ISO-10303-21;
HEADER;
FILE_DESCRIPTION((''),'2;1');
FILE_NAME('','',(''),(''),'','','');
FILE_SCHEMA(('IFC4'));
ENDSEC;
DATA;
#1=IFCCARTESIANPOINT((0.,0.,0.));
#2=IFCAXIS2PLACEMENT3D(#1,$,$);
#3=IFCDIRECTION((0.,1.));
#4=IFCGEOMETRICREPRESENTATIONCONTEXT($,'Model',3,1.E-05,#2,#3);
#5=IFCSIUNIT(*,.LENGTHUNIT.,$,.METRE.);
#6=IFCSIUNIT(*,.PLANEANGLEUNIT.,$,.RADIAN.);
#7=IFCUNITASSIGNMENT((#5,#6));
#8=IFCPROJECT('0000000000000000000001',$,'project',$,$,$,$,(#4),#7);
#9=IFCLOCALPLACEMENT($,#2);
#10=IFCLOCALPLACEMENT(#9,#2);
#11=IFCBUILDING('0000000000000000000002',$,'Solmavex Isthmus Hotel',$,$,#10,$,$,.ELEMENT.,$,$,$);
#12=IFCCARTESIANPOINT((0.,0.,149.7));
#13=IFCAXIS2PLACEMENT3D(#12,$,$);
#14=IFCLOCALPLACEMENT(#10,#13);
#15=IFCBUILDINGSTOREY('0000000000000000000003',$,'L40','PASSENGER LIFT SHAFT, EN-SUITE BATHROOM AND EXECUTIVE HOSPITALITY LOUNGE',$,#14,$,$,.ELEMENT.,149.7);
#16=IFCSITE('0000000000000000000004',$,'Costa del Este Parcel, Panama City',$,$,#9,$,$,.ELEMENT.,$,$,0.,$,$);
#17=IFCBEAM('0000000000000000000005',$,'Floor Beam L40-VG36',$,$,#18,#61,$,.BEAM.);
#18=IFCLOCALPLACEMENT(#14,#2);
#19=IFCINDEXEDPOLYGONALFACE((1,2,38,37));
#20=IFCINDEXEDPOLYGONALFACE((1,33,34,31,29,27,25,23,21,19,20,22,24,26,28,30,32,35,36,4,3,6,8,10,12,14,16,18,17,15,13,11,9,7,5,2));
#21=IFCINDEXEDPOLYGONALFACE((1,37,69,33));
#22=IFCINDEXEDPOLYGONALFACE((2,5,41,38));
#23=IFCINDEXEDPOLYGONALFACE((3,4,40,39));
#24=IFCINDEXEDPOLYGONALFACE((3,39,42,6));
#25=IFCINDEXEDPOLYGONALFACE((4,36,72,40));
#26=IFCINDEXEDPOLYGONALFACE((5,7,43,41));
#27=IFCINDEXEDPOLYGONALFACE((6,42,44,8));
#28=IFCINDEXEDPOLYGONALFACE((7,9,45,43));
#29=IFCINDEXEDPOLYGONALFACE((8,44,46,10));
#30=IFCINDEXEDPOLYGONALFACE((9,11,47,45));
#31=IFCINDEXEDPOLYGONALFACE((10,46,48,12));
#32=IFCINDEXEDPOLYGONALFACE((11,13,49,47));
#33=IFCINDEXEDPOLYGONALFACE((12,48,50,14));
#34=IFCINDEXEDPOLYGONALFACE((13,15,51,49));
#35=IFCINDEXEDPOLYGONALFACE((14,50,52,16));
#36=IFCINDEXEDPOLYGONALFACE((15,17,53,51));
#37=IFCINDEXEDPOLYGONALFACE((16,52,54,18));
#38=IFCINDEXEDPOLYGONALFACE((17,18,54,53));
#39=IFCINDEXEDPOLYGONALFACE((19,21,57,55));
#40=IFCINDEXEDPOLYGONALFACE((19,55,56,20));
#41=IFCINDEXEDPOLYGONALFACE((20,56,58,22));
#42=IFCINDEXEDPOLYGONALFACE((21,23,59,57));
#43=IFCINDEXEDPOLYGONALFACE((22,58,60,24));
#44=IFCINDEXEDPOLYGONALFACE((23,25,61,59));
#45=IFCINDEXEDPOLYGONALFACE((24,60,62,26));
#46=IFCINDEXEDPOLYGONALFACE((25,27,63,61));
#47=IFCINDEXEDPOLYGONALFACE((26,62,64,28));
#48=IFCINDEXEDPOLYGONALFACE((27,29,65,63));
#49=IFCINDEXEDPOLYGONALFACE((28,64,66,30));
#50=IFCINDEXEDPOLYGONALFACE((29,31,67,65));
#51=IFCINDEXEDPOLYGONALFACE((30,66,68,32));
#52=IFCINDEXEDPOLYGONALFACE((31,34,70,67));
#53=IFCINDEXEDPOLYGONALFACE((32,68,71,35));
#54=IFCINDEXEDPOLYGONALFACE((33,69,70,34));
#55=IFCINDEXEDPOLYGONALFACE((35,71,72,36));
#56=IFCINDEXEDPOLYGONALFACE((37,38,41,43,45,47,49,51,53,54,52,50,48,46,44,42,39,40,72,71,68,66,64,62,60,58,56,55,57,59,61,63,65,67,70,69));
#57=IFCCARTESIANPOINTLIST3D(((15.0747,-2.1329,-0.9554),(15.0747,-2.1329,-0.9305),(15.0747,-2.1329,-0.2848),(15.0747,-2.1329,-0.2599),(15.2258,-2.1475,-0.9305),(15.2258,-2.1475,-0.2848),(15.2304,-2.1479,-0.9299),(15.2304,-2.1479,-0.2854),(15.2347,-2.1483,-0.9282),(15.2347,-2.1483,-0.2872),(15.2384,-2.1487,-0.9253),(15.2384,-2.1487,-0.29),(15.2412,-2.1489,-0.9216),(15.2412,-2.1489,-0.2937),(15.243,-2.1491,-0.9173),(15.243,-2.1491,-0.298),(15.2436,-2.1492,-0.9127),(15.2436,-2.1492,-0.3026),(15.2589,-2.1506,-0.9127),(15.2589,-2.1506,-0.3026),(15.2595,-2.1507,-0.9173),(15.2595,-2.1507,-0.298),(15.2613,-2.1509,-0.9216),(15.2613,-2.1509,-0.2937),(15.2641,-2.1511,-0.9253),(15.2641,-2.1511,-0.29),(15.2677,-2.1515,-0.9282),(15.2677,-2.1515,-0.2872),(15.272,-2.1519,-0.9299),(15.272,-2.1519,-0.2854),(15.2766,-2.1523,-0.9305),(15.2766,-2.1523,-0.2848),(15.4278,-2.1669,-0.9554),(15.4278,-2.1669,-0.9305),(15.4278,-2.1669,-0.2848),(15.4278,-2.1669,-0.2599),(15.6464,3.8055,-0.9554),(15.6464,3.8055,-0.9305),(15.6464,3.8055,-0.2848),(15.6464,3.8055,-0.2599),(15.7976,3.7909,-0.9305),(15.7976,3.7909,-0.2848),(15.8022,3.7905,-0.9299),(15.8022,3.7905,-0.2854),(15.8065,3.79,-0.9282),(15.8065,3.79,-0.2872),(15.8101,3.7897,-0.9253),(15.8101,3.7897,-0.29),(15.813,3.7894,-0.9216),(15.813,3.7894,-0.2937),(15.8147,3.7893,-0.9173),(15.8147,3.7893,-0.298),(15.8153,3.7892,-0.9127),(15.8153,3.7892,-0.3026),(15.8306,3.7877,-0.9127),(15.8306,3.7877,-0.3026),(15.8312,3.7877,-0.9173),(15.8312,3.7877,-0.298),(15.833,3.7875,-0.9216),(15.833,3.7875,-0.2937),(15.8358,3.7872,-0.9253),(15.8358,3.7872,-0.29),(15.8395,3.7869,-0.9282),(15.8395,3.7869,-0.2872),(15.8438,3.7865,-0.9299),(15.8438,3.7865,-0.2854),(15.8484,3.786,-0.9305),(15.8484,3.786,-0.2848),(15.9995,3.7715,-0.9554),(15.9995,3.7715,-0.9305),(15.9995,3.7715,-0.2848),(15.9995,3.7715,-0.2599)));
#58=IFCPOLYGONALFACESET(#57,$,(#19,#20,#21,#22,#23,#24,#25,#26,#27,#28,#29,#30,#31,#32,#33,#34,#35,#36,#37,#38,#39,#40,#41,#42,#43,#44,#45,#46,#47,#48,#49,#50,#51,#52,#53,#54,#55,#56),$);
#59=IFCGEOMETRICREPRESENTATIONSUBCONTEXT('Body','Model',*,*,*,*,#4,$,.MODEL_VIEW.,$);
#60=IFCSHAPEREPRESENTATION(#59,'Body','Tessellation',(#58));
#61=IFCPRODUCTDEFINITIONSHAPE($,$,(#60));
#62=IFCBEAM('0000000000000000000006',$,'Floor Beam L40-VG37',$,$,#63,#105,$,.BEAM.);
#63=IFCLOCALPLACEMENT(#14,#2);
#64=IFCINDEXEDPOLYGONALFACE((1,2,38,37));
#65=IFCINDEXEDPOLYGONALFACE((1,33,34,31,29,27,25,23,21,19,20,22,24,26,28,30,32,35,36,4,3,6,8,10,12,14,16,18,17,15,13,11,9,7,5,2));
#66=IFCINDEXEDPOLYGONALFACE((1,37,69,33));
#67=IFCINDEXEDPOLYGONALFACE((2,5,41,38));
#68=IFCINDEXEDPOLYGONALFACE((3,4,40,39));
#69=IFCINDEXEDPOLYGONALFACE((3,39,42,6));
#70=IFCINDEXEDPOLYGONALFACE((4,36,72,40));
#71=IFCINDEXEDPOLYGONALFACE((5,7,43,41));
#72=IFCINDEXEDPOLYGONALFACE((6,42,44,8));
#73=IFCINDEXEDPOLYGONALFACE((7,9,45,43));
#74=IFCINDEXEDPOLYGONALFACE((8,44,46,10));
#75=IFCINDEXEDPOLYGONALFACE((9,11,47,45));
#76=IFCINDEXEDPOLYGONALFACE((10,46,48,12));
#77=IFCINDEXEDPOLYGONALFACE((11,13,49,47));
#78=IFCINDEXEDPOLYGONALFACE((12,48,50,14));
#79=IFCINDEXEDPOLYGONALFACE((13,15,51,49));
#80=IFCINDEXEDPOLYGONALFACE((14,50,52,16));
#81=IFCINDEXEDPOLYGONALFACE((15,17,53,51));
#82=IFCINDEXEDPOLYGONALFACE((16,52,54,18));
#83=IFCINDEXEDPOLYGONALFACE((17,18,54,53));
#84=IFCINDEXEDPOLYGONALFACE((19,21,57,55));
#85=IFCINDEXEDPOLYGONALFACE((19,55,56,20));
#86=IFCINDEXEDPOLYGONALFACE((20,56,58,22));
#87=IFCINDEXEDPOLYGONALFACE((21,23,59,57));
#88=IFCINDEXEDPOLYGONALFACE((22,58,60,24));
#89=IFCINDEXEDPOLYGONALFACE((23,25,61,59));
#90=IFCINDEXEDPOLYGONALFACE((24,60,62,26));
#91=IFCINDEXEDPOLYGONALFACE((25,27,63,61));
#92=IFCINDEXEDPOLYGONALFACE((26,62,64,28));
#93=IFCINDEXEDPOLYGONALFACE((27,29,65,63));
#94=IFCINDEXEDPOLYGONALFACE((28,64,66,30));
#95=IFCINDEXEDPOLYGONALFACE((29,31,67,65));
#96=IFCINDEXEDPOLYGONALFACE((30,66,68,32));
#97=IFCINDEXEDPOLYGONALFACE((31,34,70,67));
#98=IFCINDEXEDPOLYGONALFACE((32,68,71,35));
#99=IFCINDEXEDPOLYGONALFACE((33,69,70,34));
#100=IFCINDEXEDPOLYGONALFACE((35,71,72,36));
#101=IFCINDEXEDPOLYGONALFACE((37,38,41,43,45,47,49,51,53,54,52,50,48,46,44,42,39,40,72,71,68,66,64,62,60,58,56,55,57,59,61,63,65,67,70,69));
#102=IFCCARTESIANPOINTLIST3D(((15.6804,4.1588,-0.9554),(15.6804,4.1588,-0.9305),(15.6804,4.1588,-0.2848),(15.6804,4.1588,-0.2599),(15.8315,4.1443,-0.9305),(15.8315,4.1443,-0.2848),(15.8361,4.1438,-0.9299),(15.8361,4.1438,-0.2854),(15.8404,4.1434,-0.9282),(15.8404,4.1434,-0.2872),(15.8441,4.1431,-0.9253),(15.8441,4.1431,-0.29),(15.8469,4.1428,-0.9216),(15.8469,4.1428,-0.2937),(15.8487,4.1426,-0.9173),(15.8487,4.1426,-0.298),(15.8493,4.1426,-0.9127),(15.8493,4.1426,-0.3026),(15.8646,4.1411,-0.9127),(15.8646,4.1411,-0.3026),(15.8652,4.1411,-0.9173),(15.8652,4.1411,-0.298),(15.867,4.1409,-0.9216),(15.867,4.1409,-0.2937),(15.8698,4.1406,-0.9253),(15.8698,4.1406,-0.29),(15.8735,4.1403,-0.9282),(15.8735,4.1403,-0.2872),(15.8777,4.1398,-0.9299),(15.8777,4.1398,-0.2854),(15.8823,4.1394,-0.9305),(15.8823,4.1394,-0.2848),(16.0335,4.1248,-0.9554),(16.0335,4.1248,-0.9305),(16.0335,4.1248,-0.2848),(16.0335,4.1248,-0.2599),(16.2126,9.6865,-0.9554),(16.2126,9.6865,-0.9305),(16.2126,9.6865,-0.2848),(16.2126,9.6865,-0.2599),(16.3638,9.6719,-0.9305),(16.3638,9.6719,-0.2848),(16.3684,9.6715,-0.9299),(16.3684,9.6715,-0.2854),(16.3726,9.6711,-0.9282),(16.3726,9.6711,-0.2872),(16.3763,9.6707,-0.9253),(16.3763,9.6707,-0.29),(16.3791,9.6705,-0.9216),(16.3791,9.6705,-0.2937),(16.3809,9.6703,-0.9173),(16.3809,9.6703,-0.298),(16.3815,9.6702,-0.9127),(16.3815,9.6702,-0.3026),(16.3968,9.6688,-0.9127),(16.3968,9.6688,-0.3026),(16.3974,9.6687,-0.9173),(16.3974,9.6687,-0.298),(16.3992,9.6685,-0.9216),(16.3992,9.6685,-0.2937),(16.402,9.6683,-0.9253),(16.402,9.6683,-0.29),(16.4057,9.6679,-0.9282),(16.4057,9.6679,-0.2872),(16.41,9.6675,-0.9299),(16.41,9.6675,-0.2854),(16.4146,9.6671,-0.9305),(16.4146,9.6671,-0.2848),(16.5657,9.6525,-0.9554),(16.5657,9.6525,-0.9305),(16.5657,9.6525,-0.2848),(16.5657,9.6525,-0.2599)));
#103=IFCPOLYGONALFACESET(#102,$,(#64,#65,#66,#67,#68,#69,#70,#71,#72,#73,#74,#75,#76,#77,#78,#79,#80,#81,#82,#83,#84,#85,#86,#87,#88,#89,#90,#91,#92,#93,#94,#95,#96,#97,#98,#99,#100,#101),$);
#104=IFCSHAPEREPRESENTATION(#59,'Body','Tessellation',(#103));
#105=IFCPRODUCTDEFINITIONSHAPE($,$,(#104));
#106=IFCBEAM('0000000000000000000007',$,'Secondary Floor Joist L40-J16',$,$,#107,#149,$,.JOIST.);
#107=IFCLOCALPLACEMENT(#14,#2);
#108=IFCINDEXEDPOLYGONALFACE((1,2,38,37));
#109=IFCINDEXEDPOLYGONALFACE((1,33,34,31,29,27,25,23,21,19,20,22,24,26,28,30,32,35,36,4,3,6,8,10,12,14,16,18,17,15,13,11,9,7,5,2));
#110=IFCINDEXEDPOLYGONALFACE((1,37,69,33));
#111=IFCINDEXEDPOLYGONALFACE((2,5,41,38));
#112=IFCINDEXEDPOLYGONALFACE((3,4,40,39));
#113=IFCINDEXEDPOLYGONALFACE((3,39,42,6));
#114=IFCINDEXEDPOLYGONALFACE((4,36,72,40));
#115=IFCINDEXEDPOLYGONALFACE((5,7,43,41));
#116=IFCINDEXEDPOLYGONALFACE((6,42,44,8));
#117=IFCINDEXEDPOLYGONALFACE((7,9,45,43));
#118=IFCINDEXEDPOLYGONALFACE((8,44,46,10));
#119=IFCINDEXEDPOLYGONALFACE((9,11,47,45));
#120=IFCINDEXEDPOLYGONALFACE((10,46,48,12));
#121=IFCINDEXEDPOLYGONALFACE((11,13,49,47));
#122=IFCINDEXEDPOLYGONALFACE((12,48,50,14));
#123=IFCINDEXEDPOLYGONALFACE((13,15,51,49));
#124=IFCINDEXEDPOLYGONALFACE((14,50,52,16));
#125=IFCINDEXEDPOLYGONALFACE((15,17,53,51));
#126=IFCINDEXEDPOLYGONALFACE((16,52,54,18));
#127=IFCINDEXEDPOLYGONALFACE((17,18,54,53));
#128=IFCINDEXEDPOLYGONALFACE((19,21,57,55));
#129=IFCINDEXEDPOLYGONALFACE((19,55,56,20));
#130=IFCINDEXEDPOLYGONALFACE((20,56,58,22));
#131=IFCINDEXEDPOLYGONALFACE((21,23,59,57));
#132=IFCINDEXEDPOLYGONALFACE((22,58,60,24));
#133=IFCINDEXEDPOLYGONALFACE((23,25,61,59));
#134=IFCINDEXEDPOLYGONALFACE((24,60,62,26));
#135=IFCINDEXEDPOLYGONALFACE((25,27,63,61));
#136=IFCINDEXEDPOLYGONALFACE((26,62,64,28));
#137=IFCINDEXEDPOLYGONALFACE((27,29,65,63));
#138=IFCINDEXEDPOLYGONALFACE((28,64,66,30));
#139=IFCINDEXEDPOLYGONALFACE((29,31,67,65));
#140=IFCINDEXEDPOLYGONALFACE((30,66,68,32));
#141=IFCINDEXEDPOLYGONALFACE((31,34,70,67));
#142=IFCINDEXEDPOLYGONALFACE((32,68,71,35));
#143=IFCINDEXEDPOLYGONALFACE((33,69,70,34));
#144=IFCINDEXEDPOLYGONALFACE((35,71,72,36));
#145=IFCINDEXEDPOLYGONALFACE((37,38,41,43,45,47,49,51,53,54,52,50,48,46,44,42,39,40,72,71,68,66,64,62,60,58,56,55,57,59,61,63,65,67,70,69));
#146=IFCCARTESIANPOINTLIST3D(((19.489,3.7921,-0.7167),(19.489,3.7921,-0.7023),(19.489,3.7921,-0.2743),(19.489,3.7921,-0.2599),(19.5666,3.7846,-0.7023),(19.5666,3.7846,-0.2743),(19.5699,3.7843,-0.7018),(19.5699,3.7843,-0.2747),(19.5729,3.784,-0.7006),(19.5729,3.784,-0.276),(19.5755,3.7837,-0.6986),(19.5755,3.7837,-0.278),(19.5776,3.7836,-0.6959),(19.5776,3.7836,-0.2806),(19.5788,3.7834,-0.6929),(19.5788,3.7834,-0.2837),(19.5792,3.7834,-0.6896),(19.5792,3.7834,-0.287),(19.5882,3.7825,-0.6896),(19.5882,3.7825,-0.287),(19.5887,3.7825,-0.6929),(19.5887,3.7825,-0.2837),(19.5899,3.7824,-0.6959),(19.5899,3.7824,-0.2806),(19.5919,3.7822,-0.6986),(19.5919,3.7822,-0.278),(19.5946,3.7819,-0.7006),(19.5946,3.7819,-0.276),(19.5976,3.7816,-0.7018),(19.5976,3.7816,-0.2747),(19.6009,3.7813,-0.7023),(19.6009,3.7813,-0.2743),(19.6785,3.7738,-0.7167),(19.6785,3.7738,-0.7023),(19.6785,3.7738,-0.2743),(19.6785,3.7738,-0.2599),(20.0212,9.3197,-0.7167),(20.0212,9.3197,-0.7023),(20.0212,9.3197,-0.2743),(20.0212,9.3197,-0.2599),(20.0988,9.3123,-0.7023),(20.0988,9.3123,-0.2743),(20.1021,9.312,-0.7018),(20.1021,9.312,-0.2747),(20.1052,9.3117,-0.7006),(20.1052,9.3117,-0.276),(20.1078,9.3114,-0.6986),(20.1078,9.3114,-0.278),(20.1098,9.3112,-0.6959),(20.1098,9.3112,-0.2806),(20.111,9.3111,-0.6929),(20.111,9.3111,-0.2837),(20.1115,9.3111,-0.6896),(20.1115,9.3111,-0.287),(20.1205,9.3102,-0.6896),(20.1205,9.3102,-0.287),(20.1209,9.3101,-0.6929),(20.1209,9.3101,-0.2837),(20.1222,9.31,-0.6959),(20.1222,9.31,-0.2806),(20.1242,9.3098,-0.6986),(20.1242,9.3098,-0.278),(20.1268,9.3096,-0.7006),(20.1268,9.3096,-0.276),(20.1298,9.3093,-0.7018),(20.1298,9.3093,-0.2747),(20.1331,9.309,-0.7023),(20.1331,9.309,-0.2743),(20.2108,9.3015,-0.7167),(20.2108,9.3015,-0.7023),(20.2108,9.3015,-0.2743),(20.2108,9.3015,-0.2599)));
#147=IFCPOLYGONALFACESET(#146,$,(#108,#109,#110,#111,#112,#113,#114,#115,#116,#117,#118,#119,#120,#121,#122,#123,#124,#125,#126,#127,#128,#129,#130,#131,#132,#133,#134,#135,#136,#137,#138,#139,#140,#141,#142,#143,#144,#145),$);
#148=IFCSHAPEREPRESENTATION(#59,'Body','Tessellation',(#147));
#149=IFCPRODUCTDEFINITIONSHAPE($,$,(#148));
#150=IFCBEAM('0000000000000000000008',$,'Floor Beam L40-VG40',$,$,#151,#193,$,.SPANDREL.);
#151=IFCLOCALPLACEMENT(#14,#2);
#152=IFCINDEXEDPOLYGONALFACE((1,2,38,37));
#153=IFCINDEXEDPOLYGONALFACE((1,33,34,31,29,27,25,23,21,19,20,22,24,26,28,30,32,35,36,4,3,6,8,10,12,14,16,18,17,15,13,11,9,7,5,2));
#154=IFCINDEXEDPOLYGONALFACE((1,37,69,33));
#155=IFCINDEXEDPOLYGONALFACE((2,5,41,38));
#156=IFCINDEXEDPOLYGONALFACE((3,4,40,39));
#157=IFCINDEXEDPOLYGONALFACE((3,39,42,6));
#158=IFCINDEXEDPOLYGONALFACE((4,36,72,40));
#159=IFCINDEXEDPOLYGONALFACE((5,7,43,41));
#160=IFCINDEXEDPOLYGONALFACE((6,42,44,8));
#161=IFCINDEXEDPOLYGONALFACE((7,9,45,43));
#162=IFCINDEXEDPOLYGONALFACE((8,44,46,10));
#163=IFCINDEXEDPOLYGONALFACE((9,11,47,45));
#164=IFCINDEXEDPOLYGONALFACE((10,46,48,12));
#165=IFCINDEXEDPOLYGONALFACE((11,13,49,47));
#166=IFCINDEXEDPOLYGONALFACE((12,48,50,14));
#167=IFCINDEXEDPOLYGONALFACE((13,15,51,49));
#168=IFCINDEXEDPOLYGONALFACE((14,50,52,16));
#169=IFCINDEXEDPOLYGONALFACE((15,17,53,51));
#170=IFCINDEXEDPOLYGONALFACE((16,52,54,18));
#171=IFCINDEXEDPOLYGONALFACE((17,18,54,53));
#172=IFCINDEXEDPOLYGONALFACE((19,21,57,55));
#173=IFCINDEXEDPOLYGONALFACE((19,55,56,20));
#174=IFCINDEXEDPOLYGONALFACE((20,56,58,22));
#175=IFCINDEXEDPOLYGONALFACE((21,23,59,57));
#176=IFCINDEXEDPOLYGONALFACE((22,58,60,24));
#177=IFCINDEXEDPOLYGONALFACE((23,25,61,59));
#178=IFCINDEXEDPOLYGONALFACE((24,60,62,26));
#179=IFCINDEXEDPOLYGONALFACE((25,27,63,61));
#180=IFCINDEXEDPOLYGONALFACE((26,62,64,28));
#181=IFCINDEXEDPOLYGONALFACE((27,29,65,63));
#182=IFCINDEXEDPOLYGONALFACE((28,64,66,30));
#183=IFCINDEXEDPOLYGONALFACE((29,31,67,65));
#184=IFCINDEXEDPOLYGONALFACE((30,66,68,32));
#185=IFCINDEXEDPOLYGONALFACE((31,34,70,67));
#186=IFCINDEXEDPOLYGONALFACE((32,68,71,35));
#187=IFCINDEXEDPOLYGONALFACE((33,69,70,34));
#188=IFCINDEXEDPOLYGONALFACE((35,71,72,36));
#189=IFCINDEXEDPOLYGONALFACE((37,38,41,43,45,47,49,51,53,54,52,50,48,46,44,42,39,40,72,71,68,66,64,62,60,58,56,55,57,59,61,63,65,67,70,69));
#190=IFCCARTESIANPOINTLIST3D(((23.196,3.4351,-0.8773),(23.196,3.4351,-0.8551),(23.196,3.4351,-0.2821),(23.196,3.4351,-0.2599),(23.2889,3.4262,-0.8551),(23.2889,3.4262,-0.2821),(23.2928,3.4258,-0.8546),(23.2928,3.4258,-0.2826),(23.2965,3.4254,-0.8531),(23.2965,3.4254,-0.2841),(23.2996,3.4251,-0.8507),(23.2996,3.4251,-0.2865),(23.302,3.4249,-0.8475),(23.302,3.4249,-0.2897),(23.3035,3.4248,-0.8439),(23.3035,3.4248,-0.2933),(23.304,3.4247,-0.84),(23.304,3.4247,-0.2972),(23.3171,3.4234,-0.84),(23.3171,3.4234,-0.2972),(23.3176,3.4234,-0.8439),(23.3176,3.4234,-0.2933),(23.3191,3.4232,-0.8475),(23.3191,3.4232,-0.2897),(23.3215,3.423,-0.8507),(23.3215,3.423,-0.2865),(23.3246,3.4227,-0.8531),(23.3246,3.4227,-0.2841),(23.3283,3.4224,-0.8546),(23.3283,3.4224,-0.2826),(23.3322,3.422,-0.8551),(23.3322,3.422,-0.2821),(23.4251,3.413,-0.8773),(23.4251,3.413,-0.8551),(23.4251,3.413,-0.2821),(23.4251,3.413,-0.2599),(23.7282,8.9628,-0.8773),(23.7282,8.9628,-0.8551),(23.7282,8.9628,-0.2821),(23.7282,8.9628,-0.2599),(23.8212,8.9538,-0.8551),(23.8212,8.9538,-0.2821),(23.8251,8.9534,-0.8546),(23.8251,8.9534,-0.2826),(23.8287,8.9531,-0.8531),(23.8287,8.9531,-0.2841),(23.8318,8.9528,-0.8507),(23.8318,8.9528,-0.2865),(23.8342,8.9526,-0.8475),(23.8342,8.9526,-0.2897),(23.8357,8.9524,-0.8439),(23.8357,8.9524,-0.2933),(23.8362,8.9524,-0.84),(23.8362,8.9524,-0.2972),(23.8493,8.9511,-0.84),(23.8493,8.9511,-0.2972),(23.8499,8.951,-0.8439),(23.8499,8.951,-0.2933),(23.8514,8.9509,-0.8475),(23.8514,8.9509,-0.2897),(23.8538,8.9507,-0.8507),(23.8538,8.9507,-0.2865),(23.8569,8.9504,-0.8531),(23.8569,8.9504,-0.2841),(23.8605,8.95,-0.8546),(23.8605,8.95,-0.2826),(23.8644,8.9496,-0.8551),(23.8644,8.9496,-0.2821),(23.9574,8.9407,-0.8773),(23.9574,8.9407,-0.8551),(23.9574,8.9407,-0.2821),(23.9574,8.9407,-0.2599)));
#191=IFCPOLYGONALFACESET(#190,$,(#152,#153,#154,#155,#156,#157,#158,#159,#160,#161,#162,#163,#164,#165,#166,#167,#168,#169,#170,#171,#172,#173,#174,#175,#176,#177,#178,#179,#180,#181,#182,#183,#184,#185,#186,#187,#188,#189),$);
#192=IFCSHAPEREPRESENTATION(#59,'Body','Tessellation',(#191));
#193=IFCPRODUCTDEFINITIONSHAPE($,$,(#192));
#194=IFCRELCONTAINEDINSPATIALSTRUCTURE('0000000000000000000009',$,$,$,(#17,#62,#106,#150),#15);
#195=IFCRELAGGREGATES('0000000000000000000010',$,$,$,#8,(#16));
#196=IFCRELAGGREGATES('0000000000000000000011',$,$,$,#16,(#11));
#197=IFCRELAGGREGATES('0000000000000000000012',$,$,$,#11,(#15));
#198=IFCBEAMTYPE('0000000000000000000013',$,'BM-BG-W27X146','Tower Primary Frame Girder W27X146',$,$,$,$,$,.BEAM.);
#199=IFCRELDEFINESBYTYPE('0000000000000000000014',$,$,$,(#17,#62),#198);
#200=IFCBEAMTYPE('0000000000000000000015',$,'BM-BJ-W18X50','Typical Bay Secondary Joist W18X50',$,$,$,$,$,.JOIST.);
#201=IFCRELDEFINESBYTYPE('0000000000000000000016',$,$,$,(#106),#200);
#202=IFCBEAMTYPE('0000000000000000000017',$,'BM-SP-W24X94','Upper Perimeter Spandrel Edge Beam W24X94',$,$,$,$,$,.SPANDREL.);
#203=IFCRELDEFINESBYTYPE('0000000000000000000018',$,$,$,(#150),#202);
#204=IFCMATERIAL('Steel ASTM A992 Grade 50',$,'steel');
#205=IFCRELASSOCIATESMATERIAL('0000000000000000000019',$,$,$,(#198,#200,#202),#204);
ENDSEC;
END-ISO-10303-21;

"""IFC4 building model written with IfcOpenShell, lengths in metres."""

from ifc_helpers import new_model, si_unit, direction, frame, origin, origin_2d, place, context, subcontext, project, spatial, i_section, extrude, material, material_profile, profile_set, type_object, element, save


model = new_model("IFC4")

# Units and contexts
model_context = context("Model", 3, precision=1e-05, world=origin(), true_north=direction((0.0, 1.0)))
body_context = subcontext(model_context, "Body", "Model", "MODEL_VIEW")
ifc_project = project(units=[si_unit("LENGTHUNIT", "METRE"), si_unit("PLANEANGLEUNIT", "RADIAN")], contexts=[model_context])

# Site, building, storey
site_placement = place(None, origin())
site = spatial("IfcSite", under=ifc_project, at=site_placement, Name="Costa del Este Parcel, Panama City", CompositionType="ELEMENT", RefElevation=0.0)
building_placement = place(site_placement, origin())
building = spatial("IfcBuilding", under=site, at=building_placement, Name="Solmavex Isthmus Hotel", CompositionType="ELEMENT")
storey_placement = place(building_placement, frame((0.0, 0.0, 149.7)))
storey = spatial("IfcBuildingStorey", under=building, at=storey_placement, Name="L40", Description="PASSENGER LIFT SHAFT, EN-SUITE BATHROOM AND EXECUTIVE HOSPITALITY LOUNGE", CompositionType="ELEMENT", Elevation=149.7)

# Beams
ifc_material_1 = material(Name="Steel ASTM A992 Grade 50", Category="steel")
ifc_material_profile_1 = material_profile(ifc_material_1, i_section(OverallWidth=0.3547, OverallDepth=0.6956, WebThickness=0.0154, FlangeThickness=0.0249, FilletRadius=0.0178, at=origin_2d()), Name="W27X146")
ifc_profile_set_1 = profile_set([ifc_material_profile_1], Name="Steel ASTM A992 Grade 50")
beam_type_1 = type_object("IfcBeamType", Name="BM-BG-W27X146", Description="Tower Primary Frame Girder W27X146", PredefinedType="BEAM", material=ifc_profile_set_1)
beam_1_placement = place(storey_placement, frame((15.2512, -2.1499, -0.6077), z_axis=(0.09584, 0.995397, 0.0), x_axis=(-0.995397, 0.09584, 0.0)))
element("IfcBeam", 1, at=beam_1_placement, inside=storey, type_object=beam_type_1, Name="Floor Beam L40-VG36", PredefinedType="BEAM", context=body_context, shape_type="SweptSolid", body=[
    extrude(i_section(OverallWidth=0.3547, OverallDepth=0.6956, WebThickness=0.0154, FlangeThickness=0.0249, FilletRadius=0.0178, at=origin_2d()), origin(), (0.0, 0.0, 1.0), 5.9658),
])
beam_2_placement = place(storey_placement, frame((15.8569, 4.1418, -0.6077), z_axis=(0.095842, 0.995397, 0.0), x_axis=(-0.995397, 0.095842, 0.0)))
element("IfcBeam", 2, at=beam_2_placement, inside=storey, type_object=beam_type_1, Name="Floor Beam L40-VG37", PredefinedType="BEAM", context=body_context, shape_type="SweptSolid", body=[
    extrude(i_section(OverallWidth=0.3547, OverallDepth=0.6956, WebThickness=0.0154, FlangeThickness=0.0249, FilletRadius=0.0178, at=origin_2d()), origin(), (0.0, 0.0, 1.0), 5.5532),
])
ifc_material_profile_2 = material_profile(ifc_material_1, i_section(OverallWidth=0.1904, OverallDepth=0.4568, WebThickness=0.009, FlangeThickness=0.0144, FilletRadius=0.0127, at=origin_2d()), Name="W18X50")
ifc_profile_set_2 = profile_set([ifc_material_profile_2], Name="Steel ASTM A992 Grade 50")
beam_type_2 = type_object("IfcBeamType", Name="BM-BJ-W18X50", Description="Typical Bay Secondary Joist W18X50", PredefinedType="JOIST", material=ifc_profile_set_2)
beam_3_placement = place(storey_placement, frame((19.5837, 3.783, -0.4883), z_axis=(0.095842, 0.995397, 0.0), x_axis=(-0.995397, 0.095842, 0.0)))
element("IfcBeam", 3, at=beam_3_placement, inside=storey, type_object=beam_type_2, Name="Secondary Floor Joist L40-J16", PredefinedType="JOIST", context=body_context, shape_type="SweptSolid", body=[
    extrude(i_section(OverallWidth=0.1904, OverallDepth=0.4568, WebThickness=0.009, FlangeThickness=0.0144, FilletRadius=0.0127, at=origin_2d()), origin(), (0.0, 0.0, 1.0), 5.5532),
])
ifc_material_profile_3 = material_profile(ifc_material_1, i_section(OverallWidth=0.2302, OverallDepth=0.6174, WebThickness=0.0132, FlangeThickness=0.0222, FilletRadius=0.0151, at=origin_2d()), Name="W24X94")
ifc_profile_set_3 = profile_set([ifc_material_profile_3], Name="Steel ASTM A992 Grade 50")
beam_type_3 = type_object("IfcBeamType", Name="BM-SP-W24X94", Description="Upper Perimeter Spandrel Edge Beam W24X94", PredefinedType="SPANDREL", material=ifc_profile_set_3)
beam_4_placement = place(storey_placement, frame((23.3105, 3.4241, -0.5686), z_axis=(0.095842, 0.995397, 0.0), x_axis=(-0.995397, 0.095842, 0.0)))
element("IfcBeam", 4, at=beam_4_placement, inside=storey, type_object=beam_type_3, Name="Floor Beam L40-VG40", PredefinedType="SPANDREL", context=body_context, shape_type="SweptSolid", body=[
    extrude(i_section(OverallWidth=0.2302, OverallDepth=0.6174, WebThickness=0.0132, FlangeThickness=0.0222, FilletRadius=0.0151, at=origin_2d()), origin(), (0.0, 0.0, 1.0), 5.5532),
])

save(model, "model.ifc")
